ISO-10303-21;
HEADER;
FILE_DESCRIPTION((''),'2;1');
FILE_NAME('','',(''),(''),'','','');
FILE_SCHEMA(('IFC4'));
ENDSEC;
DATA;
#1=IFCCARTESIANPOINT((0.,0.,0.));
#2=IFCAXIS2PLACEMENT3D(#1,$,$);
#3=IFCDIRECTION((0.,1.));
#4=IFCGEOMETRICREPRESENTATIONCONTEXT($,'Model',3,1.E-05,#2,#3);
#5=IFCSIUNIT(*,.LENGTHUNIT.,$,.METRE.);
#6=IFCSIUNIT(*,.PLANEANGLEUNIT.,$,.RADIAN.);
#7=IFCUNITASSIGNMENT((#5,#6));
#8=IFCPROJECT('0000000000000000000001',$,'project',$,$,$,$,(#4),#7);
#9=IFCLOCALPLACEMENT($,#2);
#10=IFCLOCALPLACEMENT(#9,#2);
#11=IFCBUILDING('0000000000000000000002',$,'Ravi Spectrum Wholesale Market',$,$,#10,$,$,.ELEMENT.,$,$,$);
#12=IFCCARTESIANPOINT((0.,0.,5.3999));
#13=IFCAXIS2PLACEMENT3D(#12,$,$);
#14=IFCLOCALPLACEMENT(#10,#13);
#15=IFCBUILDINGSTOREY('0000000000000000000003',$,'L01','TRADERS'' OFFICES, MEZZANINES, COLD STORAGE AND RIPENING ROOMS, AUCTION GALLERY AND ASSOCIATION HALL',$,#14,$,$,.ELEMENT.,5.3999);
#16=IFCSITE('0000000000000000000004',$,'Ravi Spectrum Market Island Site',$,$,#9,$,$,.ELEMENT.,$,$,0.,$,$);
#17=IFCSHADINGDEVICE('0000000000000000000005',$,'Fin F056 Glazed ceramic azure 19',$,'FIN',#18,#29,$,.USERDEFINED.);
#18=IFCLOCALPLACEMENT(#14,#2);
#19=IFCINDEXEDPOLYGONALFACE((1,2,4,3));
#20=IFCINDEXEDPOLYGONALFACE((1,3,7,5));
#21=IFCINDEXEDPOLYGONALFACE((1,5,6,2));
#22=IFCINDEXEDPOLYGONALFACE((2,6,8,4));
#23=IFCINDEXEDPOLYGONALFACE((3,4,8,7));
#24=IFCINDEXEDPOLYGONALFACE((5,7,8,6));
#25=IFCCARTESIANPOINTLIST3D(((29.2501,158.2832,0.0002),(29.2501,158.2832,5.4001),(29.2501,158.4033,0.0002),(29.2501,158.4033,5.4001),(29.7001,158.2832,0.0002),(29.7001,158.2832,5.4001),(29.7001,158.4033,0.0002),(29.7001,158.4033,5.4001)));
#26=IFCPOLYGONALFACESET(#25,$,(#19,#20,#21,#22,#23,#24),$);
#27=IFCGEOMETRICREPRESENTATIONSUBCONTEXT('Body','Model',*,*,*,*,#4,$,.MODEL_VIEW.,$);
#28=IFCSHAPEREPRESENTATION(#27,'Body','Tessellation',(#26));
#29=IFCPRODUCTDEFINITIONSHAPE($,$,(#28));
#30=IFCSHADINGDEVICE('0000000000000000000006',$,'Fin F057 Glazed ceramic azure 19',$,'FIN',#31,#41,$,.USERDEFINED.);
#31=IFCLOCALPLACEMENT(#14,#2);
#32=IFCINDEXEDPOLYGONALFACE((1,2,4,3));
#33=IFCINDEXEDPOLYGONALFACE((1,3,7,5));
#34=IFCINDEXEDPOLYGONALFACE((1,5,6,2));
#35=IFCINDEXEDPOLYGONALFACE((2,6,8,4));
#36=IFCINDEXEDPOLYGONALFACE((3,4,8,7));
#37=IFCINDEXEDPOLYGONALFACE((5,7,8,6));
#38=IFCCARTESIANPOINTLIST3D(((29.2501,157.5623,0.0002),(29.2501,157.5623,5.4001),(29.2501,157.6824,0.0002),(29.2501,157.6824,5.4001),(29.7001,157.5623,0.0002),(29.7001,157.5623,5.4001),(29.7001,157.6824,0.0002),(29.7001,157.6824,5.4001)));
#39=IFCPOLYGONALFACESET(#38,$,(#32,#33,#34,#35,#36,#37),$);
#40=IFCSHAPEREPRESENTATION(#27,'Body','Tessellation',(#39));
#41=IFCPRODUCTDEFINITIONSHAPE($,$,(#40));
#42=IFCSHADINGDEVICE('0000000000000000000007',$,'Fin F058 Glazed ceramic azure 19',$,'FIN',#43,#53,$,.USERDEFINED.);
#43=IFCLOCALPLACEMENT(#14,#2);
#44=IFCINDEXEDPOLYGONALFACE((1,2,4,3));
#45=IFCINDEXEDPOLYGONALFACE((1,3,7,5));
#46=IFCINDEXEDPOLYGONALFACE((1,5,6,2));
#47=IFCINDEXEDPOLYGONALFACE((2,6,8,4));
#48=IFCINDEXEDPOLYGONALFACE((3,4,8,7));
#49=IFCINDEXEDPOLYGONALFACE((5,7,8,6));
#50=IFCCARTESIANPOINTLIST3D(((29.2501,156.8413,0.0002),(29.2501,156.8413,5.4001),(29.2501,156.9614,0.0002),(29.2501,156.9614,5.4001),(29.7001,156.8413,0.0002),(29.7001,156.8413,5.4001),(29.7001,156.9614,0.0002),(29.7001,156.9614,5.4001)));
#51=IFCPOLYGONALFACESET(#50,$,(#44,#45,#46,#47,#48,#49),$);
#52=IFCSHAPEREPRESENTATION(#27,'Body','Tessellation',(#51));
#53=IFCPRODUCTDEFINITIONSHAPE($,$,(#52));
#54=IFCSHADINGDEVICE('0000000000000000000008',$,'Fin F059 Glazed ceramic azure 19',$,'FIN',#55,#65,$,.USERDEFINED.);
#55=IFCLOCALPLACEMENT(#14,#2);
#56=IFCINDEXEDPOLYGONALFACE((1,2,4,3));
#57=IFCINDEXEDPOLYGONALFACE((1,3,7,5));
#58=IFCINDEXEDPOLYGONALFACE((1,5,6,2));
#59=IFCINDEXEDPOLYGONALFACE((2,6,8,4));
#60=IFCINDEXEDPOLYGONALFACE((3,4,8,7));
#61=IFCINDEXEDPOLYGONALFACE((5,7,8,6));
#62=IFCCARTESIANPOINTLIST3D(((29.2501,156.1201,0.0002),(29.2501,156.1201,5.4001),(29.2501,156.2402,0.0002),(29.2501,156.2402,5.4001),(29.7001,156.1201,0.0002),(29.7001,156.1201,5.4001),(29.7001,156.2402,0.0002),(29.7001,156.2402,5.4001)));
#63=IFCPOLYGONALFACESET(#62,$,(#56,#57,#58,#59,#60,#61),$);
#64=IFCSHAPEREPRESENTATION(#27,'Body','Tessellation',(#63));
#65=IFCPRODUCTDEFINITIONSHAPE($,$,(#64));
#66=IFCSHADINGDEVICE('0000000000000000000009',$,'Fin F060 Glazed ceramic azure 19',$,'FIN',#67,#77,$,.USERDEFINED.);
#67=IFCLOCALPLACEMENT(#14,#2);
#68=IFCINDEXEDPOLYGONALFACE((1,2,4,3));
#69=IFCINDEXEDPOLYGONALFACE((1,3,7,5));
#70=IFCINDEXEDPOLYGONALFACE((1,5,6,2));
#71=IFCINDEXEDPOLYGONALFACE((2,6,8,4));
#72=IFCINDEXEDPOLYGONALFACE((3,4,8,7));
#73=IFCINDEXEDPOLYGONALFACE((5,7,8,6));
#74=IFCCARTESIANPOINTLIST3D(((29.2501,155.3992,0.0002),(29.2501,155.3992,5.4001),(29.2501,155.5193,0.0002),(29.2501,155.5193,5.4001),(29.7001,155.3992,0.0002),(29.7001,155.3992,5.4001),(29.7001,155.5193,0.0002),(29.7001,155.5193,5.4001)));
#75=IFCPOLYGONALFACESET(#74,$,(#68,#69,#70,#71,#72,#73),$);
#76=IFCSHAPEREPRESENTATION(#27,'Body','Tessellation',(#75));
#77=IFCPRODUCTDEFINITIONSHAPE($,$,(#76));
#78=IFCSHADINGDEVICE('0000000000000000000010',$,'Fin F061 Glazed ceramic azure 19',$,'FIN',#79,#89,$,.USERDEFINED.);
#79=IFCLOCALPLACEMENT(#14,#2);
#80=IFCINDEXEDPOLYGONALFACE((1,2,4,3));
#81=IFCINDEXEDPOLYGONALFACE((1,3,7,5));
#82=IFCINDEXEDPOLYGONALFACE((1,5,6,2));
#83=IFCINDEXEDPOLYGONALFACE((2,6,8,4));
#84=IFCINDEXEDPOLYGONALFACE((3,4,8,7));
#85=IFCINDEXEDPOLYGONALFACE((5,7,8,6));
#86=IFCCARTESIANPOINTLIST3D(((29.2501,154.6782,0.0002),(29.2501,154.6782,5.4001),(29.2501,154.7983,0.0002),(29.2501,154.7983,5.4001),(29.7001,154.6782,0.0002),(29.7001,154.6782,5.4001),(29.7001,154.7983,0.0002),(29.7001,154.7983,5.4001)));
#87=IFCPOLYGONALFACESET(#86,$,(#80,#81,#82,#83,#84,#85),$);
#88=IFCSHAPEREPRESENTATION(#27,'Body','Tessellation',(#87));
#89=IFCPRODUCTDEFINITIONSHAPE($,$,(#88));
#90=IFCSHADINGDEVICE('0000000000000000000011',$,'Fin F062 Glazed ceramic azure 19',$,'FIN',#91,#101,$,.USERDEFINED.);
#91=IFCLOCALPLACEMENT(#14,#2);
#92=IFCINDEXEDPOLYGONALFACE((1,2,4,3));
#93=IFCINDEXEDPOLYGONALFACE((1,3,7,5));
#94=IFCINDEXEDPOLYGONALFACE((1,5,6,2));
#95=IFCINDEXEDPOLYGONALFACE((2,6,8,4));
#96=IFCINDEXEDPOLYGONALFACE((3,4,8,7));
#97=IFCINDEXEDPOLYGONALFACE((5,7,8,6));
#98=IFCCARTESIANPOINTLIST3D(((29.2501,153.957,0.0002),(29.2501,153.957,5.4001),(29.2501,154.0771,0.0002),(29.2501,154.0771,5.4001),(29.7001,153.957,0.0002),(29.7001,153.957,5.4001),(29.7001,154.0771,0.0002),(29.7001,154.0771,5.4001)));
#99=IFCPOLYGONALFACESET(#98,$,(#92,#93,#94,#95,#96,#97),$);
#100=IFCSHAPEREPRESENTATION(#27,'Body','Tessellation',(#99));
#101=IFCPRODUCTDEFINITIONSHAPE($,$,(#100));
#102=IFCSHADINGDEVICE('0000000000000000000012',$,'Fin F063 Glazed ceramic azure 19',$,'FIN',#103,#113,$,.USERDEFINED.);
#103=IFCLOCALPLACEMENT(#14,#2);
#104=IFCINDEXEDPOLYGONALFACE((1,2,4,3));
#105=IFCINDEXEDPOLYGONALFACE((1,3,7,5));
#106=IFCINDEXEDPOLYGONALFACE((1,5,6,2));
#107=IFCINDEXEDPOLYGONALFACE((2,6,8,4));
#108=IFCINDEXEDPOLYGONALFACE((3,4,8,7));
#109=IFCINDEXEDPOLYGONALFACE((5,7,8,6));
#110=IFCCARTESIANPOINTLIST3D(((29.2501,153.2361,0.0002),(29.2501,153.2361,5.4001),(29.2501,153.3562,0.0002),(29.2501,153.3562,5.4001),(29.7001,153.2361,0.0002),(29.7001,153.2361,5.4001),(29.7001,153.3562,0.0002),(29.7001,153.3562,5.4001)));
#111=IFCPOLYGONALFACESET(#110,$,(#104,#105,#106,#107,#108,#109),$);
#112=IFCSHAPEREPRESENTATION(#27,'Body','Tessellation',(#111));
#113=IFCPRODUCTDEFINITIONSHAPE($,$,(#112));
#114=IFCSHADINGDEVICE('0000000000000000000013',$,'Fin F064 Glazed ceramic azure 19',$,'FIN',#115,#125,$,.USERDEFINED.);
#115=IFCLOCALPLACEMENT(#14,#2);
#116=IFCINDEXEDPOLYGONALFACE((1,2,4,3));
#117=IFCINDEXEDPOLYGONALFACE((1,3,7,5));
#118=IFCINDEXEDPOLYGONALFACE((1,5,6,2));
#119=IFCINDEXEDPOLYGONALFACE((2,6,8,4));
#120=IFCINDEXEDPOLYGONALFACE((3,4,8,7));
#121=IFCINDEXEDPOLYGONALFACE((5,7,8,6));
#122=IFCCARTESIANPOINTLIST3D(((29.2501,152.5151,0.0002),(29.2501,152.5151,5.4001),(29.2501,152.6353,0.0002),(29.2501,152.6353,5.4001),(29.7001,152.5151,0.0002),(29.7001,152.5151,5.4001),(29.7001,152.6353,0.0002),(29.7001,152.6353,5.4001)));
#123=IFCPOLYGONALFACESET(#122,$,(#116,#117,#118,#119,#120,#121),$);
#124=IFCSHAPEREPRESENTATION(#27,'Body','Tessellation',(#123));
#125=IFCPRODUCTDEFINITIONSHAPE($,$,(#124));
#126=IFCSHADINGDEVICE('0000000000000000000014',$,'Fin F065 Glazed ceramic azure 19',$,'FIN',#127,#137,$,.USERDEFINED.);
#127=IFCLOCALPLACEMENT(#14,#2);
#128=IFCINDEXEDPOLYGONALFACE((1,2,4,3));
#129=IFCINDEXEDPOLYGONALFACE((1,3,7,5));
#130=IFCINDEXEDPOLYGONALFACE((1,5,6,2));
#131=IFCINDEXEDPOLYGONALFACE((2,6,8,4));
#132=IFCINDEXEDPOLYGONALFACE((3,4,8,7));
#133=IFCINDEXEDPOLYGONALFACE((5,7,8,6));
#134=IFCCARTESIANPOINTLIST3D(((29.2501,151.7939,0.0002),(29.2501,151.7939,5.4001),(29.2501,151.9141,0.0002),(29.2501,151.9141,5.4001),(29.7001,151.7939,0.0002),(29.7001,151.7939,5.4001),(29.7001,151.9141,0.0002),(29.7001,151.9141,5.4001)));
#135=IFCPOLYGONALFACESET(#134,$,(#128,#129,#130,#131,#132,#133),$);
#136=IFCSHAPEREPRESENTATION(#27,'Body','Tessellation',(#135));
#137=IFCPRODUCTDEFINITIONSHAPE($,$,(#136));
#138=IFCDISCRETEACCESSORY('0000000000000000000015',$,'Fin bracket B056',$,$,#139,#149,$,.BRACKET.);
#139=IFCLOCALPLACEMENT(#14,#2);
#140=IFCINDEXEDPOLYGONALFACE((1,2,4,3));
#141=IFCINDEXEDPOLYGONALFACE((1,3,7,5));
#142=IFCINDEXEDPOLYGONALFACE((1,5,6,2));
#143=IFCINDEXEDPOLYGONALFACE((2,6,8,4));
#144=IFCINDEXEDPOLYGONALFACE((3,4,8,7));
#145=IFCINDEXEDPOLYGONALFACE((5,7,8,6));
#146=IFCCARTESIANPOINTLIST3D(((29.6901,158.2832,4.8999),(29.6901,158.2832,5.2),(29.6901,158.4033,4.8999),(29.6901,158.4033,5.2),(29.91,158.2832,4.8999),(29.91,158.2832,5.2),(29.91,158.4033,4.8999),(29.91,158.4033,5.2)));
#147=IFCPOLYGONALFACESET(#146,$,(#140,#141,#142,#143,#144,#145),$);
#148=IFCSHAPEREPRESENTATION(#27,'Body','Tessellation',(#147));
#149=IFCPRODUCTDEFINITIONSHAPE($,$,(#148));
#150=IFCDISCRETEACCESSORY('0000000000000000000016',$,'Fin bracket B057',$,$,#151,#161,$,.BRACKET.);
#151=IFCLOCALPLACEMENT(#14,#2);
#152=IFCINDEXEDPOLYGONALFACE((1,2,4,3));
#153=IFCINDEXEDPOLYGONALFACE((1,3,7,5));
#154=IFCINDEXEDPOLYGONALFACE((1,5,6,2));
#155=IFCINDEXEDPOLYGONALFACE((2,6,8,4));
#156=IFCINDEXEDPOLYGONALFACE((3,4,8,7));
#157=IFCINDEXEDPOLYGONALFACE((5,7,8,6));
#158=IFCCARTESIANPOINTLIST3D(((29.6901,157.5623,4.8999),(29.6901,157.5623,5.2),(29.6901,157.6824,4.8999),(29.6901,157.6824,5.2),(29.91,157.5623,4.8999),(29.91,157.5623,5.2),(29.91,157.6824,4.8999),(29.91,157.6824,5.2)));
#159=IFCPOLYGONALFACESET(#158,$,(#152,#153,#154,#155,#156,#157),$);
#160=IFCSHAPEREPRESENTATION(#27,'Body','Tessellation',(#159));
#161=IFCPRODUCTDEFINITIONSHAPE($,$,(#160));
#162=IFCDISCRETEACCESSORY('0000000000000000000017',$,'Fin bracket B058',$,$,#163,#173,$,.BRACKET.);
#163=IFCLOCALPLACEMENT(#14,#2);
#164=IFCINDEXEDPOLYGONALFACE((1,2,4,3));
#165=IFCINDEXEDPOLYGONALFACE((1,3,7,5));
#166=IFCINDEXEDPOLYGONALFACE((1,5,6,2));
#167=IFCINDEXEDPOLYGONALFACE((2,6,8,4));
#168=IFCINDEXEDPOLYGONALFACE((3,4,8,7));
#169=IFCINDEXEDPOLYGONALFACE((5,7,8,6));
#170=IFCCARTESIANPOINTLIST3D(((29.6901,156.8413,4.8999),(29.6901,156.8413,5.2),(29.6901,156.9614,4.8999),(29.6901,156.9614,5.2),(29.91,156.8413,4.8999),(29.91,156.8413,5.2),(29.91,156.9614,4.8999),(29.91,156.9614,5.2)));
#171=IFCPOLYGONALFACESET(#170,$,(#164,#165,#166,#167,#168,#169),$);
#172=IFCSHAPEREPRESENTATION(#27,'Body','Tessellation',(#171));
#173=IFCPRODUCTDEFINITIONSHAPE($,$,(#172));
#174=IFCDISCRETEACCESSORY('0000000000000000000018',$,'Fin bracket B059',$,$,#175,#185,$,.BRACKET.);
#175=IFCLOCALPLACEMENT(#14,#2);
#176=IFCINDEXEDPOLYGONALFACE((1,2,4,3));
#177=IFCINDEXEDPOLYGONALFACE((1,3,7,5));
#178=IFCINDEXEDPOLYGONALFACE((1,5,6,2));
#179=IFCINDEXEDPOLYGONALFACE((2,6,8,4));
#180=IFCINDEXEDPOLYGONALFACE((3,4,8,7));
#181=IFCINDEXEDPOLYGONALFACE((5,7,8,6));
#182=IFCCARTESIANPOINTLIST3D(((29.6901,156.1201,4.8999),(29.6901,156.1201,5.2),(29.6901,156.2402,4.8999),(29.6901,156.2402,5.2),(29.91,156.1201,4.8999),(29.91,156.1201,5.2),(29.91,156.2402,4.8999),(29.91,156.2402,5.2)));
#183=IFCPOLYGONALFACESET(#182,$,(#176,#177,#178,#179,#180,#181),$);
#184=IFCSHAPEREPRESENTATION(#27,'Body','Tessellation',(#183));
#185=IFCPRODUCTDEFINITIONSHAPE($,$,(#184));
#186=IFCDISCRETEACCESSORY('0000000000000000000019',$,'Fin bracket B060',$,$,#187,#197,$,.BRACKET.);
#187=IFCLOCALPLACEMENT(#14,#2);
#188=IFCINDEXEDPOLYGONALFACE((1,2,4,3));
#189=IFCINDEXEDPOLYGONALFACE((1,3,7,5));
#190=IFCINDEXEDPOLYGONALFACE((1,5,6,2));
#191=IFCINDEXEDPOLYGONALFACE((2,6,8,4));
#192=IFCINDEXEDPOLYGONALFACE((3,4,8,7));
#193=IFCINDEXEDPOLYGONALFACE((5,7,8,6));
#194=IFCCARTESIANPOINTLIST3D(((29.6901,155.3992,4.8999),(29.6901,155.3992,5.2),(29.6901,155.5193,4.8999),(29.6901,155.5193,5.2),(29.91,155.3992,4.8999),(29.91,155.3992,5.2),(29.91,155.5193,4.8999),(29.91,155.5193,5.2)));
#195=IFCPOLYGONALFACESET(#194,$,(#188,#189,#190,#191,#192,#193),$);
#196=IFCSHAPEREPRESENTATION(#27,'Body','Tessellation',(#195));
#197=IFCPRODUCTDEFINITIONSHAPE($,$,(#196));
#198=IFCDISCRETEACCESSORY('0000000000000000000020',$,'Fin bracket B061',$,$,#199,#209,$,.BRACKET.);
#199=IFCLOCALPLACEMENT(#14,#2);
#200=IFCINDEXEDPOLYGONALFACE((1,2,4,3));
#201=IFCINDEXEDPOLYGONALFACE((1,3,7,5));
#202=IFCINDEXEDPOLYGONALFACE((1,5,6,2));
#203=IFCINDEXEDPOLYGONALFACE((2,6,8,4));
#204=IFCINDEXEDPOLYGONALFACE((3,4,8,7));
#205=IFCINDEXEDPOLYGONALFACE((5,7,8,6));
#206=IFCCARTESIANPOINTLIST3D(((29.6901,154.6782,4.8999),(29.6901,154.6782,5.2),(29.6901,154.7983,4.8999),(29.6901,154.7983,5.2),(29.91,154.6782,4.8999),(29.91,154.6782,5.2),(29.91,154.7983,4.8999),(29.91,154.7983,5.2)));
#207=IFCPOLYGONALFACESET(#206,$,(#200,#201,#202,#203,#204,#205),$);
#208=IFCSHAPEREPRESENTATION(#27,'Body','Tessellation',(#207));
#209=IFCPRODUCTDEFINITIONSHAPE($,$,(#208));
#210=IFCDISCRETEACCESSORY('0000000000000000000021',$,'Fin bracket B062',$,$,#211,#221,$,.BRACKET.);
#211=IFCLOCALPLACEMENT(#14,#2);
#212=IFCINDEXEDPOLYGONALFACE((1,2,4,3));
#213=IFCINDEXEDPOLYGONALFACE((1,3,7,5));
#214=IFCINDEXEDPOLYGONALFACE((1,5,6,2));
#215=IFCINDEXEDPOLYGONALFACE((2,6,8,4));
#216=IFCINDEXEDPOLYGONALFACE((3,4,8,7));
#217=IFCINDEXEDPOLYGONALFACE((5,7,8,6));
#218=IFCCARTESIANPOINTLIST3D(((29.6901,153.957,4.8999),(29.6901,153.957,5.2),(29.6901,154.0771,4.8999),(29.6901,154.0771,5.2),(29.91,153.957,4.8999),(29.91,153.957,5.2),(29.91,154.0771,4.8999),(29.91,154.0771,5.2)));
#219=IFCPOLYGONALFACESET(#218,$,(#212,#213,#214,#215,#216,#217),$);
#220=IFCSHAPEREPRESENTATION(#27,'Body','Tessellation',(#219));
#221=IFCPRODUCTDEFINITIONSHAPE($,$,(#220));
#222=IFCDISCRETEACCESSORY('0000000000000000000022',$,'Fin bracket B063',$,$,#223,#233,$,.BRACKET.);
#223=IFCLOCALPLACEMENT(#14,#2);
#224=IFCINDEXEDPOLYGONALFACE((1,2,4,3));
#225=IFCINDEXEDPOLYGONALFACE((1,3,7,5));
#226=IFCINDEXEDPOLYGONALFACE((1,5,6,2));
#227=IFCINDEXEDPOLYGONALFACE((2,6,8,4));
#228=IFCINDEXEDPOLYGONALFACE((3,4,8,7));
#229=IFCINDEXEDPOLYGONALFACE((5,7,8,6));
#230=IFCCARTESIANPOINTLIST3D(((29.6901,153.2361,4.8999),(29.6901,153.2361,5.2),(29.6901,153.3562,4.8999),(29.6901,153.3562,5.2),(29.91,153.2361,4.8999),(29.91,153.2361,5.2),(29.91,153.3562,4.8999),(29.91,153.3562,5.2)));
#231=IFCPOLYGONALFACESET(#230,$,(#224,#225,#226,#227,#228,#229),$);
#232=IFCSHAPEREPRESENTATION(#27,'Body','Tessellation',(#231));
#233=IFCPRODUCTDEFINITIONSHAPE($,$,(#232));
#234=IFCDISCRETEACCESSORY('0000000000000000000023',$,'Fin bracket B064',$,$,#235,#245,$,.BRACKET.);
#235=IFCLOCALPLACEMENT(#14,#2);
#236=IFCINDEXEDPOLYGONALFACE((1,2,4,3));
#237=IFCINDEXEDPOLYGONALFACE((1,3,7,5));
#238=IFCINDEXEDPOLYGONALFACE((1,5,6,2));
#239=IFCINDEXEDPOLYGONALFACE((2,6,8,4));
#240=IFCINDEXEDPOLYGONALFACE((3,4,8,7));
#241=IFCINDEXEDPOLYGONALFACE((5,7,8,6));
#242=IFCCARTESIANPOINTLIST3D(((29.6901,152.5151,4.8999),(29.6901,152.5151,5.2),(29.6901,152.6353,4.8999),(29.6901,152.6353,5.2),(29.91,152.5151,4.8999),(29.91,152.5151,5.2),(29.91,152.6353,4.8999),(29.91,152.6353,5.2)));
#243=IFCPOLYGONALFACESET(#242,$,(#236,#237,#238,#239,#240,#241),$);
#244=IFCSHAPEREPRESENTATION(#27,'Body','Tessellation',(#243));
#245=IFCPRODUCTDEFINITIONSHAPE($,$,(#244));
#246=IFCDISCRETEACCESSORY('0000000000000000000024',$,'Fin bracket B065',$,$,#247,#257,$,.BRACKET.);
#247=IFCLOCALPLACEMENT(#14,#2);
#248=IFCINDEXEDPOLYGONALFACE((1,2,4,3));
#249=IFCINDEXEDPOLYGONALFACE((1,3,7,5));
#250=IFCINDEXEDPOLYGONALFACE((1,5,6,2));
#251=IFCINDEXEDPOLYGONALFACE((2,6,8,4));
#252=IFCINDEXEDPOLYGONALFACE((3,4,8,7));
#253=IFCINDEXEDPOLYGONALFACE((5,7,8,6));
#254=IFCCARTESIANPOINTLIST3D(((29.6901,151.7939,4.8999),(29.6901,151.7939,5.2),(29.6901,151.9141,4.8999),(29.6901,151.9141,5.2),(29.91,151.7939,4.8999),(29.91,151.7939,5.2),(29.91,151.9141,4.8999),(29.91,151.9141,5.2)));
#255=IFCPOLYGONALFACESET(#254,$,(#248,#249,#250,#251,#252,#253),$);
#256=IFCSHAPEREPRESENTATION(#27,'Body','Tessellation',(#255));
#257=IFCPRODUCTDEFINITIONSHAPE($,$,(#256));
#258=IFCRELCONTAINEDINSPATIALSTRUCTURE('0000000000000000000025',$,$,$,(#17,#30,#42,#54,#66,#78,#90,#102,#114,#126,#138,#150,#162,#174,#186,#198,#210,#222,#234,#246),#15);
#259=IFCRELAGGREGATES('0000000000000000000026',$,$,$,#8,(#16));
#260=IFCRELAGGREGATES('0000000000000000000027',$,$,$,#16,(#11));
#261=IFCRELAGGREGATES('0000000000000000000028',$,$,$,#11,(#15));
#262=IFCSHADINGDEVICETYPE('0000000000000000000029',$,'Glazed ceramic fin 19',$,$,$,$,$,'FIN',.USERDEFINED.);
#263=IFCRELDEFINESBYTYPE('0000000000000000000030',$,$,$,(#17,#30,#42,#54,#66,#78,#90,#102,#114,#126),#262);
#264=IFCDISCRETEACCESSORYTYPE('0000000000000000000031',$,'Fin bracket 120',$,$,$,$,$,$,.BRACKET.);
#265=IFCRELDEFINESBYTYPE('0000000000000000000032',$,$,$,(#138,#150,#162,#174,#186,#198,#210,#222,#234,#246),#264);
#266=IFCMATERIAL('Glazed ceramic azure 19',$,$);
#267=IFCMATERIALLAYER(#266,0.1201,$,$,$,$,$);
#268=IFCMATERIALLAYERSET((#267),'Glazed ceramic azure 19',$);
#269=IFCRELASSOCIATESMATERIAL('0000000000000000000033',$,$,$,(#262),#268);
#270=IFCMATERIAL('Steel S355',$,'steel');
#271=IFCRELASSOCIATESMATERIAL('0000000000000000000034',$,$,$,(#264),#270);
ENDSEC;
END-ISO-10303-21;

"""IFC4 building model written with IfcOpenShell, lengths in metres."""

from ifc_helpers import new_model, si_unit, direction, frame, origin, origin_2d, place, context, subcontext, project, spatial, rectangle, extrude, material, layer, layer_set, type_object, element, save


model = new_model("IFC4")

# Units and contexts
model_context = context("Model", 3, precision=1e-05, world=origin(), true_north=direction((0.0, 1.0)))
body_context = subcontext(model_context, "Body", "Model", "MODEL_VIEW")
ifc_project = project(units=[si_unit("LENGTHUNIT", "METRE"), si_unit("PLANEANGLEUNIT", "RADIAN")], contexts=[model_context])

# Site, building, storey
site_placement = place(None, origin())
site = spatial("IfcSite", under=ifc_project, at=site_placement, Name="Ravi Spectrum Market Island Site", CompositionType="ELEMENT", RefElevation=0.0)
building_placement = place(site_placement, origin())
building = spatial("IfcBuilding", under=site, at=building_placement, Name="Ravi Spectrum Wholesale Market", CompositionType="ELEMENT")
storey_placement = place(building_placement, frame((0.0, 0.0, 5.3999)))
storey = spatial("IfcBuildingStorey", under=building, at=storey_placement, Name="L01", Description="TRADERS' OFFICES, MEZZANINES, COLD STORAGE AND RIPENING ROOMS, AUCTION GALLERY AND ASSOCIATION HALL", CompositionType="ELEMENT", Elevation=5.3999)

# Shading devices
ifc_material_1 = material(Name="Glazed ceramic azure 19")
ifc_layer = layer(ifc_material_1, 0.1201)
ifc_layer_set = layer_set([ifc_layer], Name="Glazed ceramic azure 19")
shading_device_type = type_object("IfcShadingDeviceType", Name="Glazed ceramic fin 19", ElementType="FIN", PredefinedType="USERDEFINED", material=ifc_layer_set)
for number, where, z_axis, x_axis, name in (
    (1, (29.4751, 158.3433, 0.0002), (0.0, 0.0, 1.0), (0.0, -1.0, 0.0), "Fin F056 Glazed ceramic azure 19"),
    (2, (29.4751, 157.6223, 0.0002), (0.0, 0.0, 1.0), (0.0, -1.0, 0.0), "Fin F057 Glazed ceramic azure 19"),
    (3, (29.4751, 156.9014, 0.0002), (0.0, 0.0, 1.0), (0.0, -1.0, 0.0), "Fin F058 Glazed ceramic azure 19"),
    (4, (29.4751, 156.1802, 0.0002), (0.0, 0.0, 1.0), (0.0, -1.0, 0.0), "Fin F059 Glazed ceramic azure 19"),
    (5, (29.4751, 155.4592, 0.0002), (0.0, 0.0, 1.0), (0.0, -1.0, 0.0), "Fin F060 Glazed ceramic azure 19"),
    (6, (29.4751, 154.7383, 0.0002), (0.0, 0.0, 1.0), (0.0, -1.0, 0.0), "Fin F061 Glazed ceramic azure 19"),
    (7, (29.4751, 154.0171, 0.0002), (0.0, 0.0, 1.0), (0.0, -1.0, 0.0), "Fin F062 Glazed ceramic azure 19"),
    (8, (29.4751, 153.2961, 0.0002), (0.0, 0.0, 1.0), (0.0, -1.0, 0.0), "Fin F063 Glazed ceramic azure 19"),
    (9, (29.4751, 152.5752, 0.0002), (0.0, 0.0, 1.0), (0.0, -1.0, 0.0), "Fin F064 Glazed ceramic azure 19"),
    (10, (29.4751, 151.854, 0.0002), (0.0, 0.0, 1.0), (0.0, -1.0, 0.0), "Fin F065 Glazed ceramic azure 19"),
):
    element("IfcShadingDevice", number, at=place(storey_placement, frame(where, z_axis=z_axis, x_axis=x_axis)), inside=storey, type_object=shading_device_type, Name=name, ObjectType="FIN", PredefinedType="USERDEFINED", context=body_context, shape_type="SweptSolid", body=[
        extrude(rectangle(XDim=0.1201, YDim=0.45, at=origin_2d()), origin(), (0.0, 0.0, 1.0), 5.3999),
    ])

# Discrete accessories
ifc_material_2 = material(Name="Steel S355", Category="steel")
discrete_accessory_type_1 = type_object("IfcDiscreteAccessoryType", Name="Fin bracket 120", PredefinedType="BRACKET", material=ifc_material_2)
for number, where, z_axis, x_axis, name in (
    (11, (29.8, 158.3433, 4.8999), (0.0, 0.0, 1.0), (0.0, -1.0, 0.0), "Fin bracket B056"),
    (12, (29.8, 157.6223, 4.8999), (0.0, 0.0, 1.0), (0.0, -1.0, 0.0), "Fin bracket B057"),
    (13, (29.8, 156.9014, 4.8999), (0.0, 0.0, 1.0), (0.0, -1.0, 0.0), "Fin bracket B058"),
    (14, (29.8, 156.1802, 4.8999), (0.0, 0.0, 1.0), (0.0, -1.0, 0.0), "Fin bracket B059"),
    (15, (29.8, 155.4592, 4.8999), (0.0, 0.0, 1.0), (0.0, -1.0, 0.0), "Fin bracket B060"),
    (16, (29.8, 154.7383, 4.8999), (0.0, 0.0, 1.0), (0.0, -1.0, 0.0), "Fin bracket B061"),
    (17, (29.8, 154.0171, 4.8999), (0.0, 0.0, 1.0), (0.0, -1.0, 0.0), "Fin bracket B062"),
    (18, (29.8, 153.2961, 4.8999), (0.0, 0.0, 1.0), (0.0, -1.0, 0.0), "Fin bracket B063"),
    (19, (29.8, 152.5752, 4.8999), (0.0, 0.0, 1.0), (0.0, -1.0, 0.0), "Fin bracket B064"),
    (20, (29.8, 151.854, 4.8999), (0.0, 0.0, 1.0), (0.0, -1.0, 0.0), "Fin bracket B065"),
):
    element("IfcDiscreteAccessory", number, at=place(storey_placement, frame(where, z_axis=z_axis, x_axis=x_axis)), inside=storey, type_object=discrete_accessory_type_1, Name=name, PredefinedType="BRACKET", context=body_context, shape_type="SweptSolid", body=[
        extrude(rectangle(XDim=0.1201, YDim=0.22, at=origin_2d()), origin(), (0.0, 0.0, 1.0), 0.3),
    ])

save(model, "model.ifc")
